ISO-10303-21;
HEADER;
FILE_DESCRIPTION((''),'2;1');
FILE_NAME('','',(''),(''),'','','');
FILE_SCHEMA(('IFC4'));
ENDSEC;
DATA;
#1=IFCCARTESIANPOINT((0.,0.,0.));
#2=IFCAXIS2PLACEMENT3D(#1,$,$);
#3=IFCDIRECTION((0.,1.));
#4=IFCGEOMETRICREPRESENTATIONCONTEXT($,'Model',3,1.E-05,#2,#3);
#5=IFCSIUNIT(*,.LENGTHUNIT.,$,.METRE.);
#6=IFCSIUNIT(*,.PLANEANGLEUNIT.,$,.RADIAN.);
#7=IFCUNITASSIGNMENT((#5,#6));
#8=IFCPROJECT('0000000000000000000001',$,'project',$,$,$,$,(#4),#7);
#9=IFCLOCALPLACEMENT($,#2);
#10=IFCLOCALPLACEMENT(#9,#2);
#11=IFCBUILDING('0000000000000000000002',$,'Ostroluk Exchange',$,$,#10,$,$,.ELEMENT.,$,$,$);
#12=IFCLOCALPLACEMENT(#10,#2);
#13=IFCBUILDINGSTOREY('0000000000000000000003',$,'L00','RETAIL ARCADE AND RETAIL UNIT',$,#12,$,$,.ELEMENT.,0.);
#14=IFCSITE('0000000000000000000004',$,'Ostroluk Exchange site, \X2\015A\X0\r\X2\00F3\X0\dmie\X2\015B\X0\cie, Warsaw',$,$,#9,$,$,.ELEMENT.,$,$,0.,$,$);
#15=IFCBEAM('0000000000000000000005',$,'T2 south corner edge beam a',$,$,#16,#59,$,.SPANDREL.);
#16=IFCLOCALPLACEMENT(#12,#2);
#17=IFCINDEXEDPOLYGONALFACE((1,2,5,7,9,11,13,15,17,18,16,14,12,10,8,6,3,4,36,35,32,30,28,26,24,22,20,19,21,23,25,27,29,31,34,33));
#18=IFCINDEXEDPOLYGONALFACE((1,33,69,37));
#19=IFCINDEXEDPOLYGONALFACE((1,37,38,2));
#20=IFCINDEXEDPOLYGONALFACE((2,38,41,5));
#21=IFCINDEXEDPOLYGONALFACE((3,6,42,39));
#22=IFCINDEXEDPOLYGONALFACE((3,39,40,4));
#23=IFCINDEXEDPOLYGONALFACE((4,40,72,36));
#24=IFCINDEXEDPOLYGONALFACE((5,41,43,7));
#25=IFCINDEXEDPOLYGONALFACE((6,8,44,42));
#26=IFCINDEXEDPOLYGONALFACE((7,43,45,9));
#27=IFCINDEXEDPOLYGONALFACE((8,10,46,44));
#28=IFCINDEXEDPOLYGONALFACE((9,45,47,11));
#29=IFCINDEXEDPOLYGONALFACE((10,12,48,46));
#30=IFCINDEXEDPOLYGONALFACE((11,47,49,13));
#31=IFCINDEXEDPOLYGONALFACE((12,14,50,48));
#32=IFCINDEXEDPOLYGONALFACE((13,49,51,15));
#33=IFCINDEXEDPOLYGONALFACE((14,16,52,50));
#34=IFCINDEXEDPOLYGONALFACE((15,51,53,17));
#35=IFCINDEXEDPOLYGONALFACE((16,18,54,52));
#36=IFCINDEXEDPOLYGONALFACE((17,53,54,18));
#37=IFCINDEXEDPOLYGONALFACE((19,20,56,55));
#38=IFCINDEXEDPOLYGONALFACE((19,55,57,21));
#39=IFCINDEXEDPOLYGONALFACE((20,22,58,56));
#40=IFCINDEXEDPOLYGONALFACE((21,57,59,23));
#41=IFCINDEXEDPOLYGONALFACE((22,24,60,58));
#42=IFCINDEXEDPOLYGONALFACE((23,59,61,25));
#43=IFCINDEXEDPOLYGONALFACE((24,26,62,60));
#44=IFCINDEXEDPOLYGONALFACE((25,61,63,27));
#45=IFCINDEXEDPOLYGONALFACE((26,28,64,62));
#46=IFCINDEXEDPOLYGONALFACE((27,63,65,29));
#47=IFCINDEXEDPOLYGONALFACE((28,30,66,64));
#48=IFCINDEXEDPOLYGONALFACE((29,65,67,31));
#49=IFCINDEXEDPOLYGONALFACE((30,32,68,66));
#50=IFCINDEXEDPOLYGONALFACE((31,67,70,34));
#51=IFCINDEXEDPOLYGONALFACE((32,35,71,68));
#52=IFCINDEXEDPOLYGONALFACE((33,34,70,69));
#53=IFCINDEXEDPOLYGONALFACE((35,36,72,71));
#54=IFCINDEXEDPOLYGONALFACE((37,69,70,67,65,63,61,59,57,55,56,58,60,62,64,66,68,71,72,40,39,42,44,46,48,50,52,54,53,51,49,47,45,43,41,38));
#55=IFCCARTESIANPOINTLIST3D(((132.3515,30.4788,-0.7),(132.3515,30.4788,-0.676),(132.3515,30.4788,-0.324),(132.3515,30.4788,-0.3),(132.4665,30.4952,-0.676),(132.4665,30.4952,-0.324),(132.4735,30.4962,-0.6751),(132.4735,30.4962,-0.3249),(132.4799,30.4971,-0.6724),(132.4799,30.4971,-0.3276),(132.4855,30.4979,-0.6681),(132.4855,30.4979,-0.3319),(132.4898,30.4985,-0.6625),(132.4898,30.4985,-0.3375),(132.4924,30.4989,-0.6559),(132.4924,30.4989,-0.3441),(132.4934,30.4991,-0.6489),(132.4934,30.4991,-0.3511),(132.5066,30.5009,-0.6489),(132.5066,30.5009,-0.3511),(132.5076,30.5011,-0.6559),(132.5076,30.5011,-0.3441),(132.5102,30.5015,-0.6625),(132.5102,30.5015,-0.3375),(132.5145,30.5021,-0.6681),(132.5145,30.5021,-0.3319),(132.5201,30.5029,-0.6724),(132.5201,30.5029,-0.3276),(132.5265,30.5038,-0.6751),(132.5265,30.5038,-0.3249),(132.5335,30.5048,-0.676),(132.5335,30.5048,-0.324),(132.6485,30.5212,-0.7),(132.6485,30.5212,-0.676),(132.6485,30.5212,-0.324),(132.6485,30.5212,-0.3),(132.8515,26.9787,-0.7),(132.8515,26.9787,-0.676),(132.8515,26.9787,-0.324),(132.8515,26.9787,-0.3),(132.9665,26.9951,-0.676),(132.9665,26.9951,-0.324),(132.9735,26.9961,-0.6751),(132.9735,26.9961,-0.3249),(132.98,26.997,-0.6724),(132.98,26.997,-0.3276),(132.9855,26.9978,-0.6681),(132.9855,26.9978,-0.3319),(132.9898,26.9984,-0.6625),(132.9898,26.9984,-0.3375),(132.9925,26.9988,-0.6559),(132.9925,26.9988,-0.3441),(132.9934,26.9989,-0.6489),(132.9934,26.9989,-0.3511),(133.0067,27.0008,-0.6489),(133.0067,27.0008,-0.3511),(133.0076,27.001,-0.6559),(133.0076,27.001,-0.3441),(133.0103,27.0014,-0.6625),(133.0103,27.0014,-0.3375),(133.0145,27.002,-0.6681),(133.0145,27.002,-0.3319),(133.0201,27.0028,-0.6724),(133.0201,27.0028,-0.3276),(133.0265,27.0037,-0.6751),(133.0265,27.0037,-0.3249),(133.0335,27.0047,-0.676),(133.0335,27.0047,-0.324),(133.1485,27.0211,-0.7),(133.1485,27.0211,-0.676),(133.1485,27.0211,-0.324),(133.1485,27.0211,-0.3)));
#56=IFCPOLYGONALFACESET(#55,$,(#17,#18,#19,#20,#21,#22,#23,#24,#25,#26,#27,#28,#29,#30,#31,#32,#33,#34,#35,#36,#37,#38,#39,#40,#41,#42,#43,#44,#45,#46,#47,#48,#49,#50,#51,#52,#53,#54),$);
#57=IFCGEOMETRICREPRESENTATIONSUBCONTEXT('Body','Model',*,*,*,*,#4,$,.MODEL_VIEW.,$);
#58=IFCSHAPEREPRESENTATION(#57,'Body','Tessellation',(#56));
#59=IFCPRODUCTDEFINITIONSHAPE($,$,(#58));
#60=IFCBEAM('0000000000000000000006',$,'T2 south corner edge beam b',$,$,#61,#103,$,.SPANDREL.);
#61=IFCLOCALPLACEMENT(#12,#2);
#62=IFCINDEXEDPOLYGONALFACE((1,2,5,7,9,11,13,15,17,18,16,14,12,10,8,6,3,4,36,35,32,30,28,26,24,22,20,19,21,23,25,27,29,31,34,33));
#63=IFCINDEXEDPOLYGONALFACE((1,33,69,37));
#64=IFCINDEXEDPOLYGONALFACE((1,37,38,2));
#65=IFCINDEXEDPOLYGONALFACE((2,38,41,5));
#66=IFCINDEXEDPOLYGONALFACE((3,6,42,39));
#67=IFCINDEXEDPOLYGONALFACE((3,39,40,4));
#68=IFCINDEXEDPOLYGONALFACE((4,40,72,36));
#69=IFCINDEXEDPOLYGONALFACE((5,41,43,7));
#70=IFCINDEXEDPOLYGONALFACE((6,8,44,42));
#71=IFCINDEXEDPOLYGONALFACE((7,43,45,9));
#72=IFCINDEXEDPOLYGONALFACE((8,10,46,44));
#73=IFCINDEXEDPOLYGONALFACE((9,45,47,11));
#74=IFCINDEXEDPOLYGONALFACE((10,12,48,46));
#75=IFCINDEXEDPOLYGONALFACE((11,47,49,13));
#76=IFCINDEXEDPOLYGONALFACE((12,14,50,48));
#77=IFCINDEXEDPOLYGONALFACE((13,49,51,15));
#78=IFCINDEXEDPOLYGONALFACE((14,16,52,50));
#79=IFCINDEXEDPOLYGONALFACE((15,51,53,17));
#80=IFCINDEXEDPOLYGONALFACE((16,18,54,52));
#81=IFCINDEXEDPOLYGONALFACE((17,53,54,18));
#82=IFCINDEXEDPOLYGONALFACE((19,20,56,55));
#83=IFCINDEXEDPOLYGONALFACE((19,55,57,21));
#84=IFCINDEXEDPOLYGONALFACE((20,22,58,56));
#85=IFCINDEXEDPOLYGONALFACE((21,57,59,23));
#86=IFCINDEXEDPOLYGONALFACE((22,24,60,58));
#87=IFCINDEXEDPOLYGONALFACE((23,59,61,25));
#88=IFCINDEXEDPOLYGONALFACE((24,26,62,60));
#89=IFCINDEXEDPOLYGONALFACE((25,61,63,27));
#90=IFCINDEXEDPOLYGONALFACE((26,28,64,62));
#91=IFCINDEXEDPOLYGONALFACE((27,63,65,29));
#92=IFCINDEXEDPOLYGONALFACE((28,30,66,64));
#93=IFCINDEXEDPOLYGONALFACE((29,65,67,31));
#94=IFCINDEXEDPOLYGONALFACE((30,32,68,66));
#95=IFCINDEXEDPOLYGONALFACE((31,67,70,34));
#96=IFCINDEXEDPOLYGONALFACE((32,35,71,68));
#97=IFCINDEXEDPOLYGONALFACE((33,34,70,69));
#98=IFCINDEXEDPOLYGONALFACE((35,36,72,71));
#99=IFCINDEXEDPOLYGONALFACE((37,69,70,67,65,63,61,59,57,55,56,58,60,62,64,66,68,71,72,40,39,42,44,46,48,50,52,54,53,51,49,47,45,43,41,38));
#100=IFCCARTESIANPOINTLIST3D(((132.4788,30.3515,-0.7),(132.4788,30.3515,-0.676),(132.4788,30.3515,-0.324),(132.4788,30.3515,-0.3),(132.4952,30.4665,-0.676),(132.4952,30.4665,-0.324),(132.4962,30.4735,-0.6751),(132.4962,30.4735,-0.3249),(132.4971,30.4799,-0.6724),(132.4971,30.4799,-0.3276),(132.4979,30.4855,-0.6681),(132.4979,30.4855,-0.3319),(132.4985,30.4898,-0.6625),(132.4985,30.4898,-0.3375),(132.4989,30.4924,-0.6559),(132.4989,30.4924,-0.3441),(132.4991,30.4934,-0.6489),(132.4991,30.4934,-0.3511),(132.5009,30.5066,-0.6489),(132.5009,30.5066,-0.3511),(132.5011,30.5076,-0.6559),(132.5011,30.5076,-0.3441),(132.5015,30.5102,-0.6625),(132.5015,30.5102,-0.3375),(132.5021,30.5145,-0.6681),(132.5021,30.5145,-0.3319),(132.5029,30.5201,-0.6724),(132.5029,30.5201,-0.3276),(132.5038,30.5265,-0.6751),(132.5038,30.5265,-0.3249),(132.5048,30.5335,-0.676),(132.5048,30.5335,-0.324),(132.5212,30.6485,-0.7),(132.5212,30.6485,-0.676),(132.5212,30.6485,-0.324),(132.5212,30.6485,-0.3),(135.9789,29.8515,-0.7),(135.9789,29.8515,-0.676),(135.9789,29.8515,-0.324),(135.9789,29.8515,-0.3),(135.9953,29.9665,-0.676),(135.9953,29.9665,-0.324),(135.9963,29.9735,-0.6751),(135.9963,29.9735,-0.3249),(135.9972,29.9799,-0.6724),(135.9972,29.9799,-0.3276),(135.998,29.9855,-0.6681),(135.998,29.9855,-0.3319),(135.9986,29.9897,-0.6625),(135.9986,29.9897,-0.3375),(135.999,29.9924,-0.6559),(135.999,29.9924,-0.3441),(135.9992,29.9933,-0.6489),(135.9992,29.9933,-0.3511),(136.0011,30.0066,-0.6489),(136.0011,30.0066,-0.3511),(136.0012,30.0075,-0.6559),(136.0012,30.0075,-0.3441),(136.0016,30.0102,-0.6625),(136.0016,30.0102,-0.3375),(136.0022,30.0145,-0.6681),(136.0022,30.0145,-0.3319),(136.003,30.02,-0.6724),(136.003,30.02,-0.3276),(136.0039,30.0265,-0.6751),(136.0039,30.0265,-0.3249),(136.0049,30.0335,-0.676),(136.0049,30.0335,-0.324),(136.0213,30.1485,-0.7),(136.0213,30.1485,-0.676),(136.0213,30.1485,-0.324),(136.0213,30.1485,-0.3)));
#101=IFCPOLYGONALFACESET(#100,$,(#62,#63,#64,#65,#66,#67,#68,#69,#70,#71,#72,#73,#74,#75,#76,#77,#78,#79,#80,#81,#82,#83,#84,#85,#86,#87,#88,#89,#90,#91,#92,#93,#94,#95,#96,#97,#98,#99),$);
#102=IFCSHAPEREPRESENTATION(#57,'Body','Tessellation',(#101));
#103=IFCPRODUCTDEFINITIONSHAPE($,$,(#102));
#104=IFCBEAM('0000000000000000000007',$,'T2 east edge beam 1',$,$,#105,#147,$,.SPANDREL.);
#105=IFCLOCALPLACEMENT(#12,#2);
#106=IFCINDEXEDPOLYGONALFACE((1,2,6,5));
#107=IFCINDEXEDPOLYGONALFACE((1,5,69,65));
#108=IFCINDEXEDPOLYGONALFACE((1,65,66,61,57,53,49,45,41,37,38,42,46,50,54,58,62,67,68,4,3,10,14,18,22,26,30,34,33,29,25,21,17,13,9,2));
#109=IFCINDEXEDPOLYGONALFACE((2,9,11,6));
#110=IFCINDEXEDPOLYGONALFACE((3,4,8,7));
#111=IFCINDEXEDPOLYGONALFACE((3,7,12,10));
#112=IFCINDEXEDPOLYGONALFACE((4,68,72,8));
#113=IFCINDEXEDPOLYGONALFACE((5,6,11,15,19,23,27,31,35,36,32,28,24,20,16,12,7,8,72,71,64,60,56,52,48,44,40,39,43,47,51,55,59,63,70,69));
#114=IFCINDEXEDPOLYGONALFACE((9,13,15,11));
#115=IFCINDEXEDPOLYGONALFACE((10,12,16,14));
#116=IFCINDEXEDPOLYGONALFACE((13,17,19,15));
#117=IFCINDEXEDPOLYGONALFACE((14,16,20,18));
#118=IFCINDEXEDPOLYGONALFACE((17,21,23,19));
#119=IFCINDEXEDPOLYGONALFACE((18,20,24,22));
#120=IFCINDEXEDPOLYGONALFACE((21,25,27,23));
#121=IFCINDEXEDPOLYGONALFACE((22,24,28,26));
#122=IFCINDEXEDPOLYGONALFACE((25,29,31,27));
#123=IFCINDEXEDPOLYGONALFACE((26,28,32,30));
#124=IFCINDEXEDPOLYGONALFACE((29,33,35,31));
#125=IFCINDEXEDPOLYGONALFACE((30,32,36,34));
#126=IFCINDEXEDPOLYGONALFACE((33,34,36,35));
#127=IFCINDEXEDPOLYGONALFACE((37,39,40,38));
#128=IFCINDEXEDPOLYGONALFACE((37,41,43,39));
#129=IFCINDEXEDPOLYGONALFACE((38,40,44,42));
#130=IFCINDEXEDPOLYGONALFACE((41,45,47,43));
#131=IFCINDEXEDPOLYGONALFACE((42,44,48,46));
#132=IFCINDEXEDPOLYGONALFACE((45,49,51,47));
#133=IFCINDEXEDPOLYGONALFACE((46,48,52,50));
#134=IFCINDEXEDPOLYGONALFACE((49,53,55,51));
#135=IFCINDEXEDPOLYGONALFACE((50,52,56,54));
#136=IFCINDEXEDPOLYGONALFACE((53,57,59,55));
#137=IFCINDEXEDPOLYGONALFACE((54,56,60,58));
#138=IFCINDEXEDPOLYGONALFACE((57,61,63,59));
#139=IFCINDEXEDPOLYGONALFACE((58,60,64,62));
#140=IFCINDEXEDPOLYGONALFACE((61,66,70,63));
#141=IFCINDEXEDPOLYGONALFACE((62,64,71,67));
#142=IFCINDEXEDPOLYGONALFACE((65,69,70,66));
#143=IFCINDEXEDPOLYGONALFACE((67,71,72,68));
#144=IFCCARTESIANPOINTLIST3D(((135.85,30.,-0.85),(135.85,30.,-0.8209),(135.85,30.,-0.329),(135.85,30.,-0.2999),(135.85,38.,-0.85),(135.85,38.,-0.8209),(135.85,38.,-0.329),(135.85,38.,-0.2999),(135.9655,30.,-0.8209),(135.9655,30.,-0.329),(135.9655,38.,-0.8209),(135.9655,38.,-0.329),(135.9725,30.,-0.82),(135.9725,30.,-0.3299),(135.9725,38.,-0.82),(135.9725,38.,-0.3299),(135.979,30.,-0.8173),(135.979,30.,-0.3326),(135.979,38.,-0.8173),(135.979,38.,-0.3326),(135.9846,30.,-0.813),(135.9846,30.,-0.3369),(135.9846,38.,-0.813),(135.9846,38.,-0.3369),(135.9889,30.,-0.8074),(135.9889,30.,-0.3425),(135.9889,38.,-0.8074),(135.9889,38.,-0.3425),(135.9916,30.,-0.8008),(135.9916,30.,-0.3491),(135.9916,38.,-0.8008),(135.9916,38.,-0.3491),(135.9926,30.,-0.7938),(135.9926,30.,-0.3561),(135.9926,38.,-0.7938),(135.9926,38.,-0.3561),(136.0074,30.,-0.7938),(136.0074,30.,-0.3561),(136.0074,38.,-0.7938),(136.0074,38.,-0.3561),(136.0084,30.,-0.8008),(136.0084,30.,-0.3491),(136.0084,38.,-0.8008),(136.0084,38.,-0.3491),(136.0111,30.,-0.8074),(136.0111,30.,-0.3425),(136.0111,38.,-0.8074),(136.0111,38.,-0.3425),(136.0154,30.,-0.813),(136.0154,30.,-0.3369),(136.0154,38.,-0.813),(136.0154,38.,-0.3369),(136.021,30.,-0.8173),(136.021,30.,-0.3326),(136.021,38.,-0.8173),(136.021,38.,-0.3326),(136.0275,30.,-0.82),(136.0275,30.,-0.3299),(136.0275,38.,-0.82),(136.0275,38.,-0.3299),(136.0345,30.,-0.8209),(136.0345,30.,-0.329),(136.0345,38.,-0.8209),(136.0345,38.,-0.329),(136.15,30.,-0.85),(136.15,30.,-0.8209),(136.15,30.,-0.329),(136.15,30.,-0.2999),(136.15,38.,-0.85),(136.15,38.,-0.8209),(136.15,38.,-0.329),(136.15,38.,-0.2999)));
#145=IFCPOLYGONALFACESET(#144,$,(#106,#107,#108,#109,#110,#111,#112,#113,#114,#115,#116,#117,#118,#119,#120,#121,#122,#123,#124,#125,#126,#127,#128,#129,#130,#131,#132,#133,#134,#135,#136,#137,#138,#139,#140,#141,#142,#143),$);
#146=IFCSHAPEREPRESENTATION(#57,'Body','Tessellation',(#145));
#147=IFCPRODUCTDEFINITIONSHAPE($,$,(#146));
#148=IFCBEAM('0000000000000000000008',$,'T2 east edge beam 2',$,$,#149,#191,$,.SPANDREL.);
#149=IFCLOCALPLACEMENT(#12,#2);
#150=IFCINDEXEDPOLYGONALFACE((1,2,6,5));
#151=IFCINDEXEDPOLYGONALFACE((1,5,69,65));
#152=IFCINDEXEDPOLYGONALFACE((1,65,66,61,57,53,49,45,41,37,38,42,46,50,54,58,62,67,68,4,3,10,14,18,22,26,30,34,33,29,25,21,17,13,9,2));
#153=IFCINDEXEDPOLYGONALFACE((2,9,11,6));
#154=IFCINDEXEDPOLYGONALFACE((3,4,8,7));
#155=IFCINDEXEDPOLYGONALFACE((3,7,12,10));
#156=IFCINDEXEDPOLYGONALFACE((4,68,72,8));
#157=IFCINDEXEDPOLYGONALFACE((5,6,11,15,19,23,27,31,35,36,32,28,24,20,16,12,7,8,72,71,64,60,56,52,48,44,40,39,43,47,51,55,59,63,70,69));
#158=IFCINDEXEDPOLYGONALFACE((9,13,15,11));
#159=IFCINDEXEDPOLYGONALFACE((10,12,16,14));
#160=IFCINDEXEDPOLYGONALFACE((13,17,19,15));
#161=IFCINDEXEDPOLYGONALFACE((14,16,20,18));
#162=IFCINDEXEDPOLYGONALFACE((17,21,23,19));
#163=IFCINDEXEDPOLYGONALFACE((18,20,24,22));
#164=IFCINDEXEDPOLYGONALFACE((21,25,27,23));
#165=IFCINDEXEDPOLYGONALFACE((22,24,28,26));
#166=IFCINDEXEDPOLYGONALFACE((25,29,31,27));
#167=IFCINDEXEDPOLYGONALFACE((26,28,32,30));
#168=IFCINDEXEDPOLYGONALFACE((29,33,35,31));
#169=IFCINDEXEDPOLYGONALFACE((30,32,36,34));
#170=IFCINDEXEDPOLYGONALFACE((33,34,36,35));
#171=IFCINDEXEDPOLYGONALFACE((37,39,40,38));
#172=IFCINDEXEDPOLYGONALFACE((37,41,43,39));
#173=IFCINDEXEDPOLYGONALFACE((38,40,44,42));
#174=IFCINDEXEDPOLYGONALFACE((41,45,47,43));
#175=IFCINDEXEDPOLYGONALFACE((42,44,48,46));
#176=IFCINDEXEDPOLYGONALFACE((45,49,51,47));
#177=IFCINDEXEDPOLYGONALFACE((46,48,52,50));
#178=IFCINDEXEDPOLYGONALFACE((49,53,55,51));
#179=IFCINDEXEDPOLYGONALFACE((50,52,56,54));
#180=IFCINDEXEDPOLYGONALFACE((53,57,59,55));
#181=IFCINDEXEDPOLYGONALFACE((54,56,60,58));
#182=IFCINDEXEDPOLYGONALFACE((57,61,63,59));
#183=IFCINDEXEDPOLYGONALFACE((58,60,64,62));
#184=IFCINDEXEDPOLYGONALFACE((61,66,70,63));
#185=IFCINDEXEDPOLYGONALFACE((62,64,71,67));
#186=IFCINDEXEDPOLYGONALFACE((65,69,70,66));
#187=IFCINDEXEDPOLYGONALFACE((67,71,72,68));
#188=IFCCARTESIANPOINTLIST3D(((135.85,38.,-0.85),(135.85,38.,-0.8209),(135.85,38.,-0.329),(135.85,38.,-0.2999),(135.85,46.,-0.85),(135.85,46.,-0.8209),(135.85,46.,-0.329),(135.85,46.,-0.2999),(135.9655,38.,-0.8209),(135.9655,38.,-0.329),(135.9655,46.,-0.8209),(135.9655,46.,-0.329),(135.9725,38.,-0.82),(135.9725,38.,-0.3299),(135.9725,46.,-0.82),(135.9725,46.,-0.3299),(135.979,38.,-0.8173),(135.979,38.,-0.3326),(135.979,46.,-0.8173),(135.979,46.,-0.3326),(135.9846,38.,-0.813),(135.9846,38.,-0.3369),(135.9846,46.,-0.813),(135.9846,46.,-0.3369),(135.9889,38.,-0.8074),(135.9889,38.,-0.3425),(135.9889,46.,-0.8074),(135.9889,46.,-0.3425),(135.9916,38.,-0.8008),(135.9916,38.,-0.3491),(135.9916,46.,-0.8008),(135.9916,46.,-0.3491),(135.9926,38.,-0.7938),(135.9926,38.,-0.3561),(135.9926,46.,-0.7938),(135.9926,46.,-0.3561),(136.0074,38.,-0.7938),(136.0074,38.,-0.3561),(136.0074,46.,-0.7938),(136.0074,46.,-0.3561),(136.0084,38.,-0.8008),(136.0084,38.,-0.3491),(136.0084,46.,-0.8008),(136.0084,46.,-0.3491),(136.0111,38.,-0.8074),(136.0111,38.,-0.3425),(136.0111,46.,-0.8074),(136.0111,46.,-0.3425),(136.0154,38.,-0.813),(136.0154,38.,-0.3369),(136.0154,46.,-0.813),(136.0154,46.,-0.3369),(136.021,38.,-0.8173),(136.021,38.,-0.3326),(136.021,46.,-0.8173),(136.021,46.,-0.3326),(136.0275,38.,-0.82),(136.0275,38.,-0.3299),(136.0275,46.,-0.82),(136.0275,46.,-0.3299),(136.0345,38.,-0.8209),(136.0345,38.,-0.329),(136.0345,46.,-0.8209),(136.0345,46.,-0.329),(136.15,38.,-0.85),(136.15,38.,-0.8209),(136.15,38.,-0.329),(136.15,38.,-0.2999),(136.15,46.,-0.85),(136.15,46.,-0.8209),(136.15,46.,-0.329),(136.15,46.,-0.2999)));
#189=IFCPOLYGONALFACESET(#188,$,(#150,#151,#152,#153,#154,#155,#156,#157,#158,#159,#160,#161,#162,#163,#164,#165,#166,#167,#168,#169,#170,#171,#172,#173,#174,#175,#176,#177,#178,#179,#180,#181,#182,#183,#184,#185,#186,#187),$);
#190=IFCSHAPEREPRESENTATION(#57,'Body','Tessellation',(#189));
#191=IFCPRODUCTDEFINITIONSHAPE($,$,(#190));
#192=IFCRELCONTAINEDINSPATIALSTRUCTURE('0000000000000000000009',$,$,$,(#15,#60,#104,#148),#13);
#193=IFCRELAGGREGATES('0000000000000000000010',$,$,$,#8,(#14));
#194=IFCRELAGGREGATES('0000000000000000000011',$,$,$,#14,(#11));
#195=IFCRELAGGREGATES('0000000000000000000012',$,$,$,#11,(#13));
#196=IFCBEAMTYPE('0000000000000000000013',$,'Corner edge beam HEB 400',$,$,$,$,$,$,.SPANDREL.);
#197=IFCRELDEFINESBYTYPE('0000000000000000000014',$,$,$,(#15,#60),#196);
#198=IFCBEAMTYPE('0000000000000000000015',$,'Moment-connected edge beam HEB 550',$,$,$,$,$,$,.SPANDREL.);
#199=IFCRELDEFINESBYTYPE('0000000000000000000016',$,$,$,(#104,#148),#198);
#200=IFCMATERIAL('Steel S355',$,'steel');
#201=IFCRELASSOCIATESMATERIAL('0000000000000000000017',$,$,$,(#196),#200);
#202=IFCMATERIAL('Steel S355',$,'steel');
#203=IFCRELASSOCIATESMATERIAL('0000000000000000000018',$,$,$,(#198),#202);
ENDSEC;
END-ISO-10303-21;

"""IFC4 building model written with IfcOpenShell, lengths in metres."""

from ifc_helpers import new_model, si_unit, direction, frame, origin, origin_2d, place, context, subcontext, project, spatial, i_section, extrude, material, material_profile, profile_set, type_object, element, save


model = new_model("IFC4")

# Units and contexts
model_context = context("Model", 3, precision=1e-05, world=origin(), true_north=direction((0.0, 1.0)))
body_context = subcontext(model_context, "Body", "Model", "MODEL_VIEW")
ifc_project = project(units=[si_unit("LENGTHUNIT", "METRE"), si_unit("PLANEANGLEUNIT", "RADIAN")], contexts=[model_context])

# Site, building, storey
site_placement = place(None, origin())
site = spatial("IfcSite", under=ifc_project, at=site_placement, Name="Ostroluk Exchange site, Śródmieście, Warsaw", CompositionType="ELEMENT", RefElevation=0.0)
building_placement = place(site_placement, origin())
building = spatial("IfcBuilding", under=site, at=building_placement, Name="Ostroluk Exchange", CompositionType="ELEMENT")
storey_placement = place(building_placement, origin())
storey = spatial("IfcBuildingStorey", under=building, at=storey_placement, Name="L00", Description="RETAIL ARCADE AND RETAIL UNIT", CompositionType="ELEMENT", Elevation=0.0)

# Beams
ifc_material_1 = material(Name="Steel S355", Category="steel")
ifc_material_profile_1 = material_profile(ifc_material_1, i_section(OverallWidth=0.3, OverallDepth=0.3999, WebThickness=0.0134, FlangeThickness=0.0239, FilletRadius=0.0271, at=origin_2d()), Name="HEB 400")
ifc_profile_set_1 = profile_set([ifc_material_profile_1], Name="Steel S355")
beam_type_1 = type_object("IfcBeamType", Name="Corner edge beam HEB 400", PredefinedType="SPANDREL", material=ifc_profile_set_1)
for number, where, z_axis, x_axis, name in (
    (1, (132.5, 30.5, -0.5), (0.141421, -0.989949, 0.0), (0.989949, 0.141421, 0.0), "T2 south corner edge beam a"),
    (2, (132.5, 30.5, -0.5), (0.989949, -0.141421, 0.0), (0.141421, 0.989949, 0.0), "T2 south corner edge beam b"),
):
    element("IfcBeam", number, at=place(storey_placement, frame(where, z_axis=z_axis, x_axis=x_axis)), inside=storey, type_object=beam_type_1, Name=name, PredefinedType="SPANDREL", context=body_context, shape_type="SweptSolid", body=[
        extrude(i_section(OverallWidth=0.3, OverallDepth=0.3999, WebThickness=0.0134, FlangeThickness=0.0239, FilletRadius=0.0271, at=origin_2d()), origin(), (0.0, 0.0, 1.0), 3.5356),
    ])
ifc_material_2 = material(Name="Steel S355", Category="steel")
ifc_material_profile_2 = material_profile(ifc_material_2, i_section(OverallWidth=0.3, OverallDepth=0.55, WebThickness=0.0149, FlangeThickness=0.0291, FilletRadius=0.0271, at=origin_2d()), Name="HEB 550")
ifc_profile_set_2 = profile_set([ifc_material_profile_2], Name="Steel S355")
beam_type_2 = type_object("IfcBeamType", Name="Moment-connected edge beam HEB 550", PredefinedType="SPANDREL", material=ifc_profile_set_2)
for number, where, z_axis, x_axis, name in (
    (3, (136.0, 30.0, -0.575), (0.0, 1.0, 0.0), (-1.0, 0.0, 0.0), "T2 east edge beam 1"),
    (4, (136.0, 38.0, -0.575), (0.0, 1.0, 0.0), (-1.0, 0.0, 0.0), "T2 east edge beam 2"),
):
    element("IfcBeam", number, at=place(storey_placement, frame(where, z_axis=z_axis, x_axis=x_axis)), inside=storey, type_object=beam_type_2, Name=name, PredefinedType="SPANDREL", context=body_context, shape_type="SweptSolid", body=[
        extrude(i_section(OverallWidth=0.3, OverallDepth=0.55, WebThickness=0.0149, FlangeThickness=0.0291, FilletRadius=0.0271, at=origin_2d()), origin(), (0.0, 0.0, 1.0), 8.0),
    ])

save(model, "model.ifc")
